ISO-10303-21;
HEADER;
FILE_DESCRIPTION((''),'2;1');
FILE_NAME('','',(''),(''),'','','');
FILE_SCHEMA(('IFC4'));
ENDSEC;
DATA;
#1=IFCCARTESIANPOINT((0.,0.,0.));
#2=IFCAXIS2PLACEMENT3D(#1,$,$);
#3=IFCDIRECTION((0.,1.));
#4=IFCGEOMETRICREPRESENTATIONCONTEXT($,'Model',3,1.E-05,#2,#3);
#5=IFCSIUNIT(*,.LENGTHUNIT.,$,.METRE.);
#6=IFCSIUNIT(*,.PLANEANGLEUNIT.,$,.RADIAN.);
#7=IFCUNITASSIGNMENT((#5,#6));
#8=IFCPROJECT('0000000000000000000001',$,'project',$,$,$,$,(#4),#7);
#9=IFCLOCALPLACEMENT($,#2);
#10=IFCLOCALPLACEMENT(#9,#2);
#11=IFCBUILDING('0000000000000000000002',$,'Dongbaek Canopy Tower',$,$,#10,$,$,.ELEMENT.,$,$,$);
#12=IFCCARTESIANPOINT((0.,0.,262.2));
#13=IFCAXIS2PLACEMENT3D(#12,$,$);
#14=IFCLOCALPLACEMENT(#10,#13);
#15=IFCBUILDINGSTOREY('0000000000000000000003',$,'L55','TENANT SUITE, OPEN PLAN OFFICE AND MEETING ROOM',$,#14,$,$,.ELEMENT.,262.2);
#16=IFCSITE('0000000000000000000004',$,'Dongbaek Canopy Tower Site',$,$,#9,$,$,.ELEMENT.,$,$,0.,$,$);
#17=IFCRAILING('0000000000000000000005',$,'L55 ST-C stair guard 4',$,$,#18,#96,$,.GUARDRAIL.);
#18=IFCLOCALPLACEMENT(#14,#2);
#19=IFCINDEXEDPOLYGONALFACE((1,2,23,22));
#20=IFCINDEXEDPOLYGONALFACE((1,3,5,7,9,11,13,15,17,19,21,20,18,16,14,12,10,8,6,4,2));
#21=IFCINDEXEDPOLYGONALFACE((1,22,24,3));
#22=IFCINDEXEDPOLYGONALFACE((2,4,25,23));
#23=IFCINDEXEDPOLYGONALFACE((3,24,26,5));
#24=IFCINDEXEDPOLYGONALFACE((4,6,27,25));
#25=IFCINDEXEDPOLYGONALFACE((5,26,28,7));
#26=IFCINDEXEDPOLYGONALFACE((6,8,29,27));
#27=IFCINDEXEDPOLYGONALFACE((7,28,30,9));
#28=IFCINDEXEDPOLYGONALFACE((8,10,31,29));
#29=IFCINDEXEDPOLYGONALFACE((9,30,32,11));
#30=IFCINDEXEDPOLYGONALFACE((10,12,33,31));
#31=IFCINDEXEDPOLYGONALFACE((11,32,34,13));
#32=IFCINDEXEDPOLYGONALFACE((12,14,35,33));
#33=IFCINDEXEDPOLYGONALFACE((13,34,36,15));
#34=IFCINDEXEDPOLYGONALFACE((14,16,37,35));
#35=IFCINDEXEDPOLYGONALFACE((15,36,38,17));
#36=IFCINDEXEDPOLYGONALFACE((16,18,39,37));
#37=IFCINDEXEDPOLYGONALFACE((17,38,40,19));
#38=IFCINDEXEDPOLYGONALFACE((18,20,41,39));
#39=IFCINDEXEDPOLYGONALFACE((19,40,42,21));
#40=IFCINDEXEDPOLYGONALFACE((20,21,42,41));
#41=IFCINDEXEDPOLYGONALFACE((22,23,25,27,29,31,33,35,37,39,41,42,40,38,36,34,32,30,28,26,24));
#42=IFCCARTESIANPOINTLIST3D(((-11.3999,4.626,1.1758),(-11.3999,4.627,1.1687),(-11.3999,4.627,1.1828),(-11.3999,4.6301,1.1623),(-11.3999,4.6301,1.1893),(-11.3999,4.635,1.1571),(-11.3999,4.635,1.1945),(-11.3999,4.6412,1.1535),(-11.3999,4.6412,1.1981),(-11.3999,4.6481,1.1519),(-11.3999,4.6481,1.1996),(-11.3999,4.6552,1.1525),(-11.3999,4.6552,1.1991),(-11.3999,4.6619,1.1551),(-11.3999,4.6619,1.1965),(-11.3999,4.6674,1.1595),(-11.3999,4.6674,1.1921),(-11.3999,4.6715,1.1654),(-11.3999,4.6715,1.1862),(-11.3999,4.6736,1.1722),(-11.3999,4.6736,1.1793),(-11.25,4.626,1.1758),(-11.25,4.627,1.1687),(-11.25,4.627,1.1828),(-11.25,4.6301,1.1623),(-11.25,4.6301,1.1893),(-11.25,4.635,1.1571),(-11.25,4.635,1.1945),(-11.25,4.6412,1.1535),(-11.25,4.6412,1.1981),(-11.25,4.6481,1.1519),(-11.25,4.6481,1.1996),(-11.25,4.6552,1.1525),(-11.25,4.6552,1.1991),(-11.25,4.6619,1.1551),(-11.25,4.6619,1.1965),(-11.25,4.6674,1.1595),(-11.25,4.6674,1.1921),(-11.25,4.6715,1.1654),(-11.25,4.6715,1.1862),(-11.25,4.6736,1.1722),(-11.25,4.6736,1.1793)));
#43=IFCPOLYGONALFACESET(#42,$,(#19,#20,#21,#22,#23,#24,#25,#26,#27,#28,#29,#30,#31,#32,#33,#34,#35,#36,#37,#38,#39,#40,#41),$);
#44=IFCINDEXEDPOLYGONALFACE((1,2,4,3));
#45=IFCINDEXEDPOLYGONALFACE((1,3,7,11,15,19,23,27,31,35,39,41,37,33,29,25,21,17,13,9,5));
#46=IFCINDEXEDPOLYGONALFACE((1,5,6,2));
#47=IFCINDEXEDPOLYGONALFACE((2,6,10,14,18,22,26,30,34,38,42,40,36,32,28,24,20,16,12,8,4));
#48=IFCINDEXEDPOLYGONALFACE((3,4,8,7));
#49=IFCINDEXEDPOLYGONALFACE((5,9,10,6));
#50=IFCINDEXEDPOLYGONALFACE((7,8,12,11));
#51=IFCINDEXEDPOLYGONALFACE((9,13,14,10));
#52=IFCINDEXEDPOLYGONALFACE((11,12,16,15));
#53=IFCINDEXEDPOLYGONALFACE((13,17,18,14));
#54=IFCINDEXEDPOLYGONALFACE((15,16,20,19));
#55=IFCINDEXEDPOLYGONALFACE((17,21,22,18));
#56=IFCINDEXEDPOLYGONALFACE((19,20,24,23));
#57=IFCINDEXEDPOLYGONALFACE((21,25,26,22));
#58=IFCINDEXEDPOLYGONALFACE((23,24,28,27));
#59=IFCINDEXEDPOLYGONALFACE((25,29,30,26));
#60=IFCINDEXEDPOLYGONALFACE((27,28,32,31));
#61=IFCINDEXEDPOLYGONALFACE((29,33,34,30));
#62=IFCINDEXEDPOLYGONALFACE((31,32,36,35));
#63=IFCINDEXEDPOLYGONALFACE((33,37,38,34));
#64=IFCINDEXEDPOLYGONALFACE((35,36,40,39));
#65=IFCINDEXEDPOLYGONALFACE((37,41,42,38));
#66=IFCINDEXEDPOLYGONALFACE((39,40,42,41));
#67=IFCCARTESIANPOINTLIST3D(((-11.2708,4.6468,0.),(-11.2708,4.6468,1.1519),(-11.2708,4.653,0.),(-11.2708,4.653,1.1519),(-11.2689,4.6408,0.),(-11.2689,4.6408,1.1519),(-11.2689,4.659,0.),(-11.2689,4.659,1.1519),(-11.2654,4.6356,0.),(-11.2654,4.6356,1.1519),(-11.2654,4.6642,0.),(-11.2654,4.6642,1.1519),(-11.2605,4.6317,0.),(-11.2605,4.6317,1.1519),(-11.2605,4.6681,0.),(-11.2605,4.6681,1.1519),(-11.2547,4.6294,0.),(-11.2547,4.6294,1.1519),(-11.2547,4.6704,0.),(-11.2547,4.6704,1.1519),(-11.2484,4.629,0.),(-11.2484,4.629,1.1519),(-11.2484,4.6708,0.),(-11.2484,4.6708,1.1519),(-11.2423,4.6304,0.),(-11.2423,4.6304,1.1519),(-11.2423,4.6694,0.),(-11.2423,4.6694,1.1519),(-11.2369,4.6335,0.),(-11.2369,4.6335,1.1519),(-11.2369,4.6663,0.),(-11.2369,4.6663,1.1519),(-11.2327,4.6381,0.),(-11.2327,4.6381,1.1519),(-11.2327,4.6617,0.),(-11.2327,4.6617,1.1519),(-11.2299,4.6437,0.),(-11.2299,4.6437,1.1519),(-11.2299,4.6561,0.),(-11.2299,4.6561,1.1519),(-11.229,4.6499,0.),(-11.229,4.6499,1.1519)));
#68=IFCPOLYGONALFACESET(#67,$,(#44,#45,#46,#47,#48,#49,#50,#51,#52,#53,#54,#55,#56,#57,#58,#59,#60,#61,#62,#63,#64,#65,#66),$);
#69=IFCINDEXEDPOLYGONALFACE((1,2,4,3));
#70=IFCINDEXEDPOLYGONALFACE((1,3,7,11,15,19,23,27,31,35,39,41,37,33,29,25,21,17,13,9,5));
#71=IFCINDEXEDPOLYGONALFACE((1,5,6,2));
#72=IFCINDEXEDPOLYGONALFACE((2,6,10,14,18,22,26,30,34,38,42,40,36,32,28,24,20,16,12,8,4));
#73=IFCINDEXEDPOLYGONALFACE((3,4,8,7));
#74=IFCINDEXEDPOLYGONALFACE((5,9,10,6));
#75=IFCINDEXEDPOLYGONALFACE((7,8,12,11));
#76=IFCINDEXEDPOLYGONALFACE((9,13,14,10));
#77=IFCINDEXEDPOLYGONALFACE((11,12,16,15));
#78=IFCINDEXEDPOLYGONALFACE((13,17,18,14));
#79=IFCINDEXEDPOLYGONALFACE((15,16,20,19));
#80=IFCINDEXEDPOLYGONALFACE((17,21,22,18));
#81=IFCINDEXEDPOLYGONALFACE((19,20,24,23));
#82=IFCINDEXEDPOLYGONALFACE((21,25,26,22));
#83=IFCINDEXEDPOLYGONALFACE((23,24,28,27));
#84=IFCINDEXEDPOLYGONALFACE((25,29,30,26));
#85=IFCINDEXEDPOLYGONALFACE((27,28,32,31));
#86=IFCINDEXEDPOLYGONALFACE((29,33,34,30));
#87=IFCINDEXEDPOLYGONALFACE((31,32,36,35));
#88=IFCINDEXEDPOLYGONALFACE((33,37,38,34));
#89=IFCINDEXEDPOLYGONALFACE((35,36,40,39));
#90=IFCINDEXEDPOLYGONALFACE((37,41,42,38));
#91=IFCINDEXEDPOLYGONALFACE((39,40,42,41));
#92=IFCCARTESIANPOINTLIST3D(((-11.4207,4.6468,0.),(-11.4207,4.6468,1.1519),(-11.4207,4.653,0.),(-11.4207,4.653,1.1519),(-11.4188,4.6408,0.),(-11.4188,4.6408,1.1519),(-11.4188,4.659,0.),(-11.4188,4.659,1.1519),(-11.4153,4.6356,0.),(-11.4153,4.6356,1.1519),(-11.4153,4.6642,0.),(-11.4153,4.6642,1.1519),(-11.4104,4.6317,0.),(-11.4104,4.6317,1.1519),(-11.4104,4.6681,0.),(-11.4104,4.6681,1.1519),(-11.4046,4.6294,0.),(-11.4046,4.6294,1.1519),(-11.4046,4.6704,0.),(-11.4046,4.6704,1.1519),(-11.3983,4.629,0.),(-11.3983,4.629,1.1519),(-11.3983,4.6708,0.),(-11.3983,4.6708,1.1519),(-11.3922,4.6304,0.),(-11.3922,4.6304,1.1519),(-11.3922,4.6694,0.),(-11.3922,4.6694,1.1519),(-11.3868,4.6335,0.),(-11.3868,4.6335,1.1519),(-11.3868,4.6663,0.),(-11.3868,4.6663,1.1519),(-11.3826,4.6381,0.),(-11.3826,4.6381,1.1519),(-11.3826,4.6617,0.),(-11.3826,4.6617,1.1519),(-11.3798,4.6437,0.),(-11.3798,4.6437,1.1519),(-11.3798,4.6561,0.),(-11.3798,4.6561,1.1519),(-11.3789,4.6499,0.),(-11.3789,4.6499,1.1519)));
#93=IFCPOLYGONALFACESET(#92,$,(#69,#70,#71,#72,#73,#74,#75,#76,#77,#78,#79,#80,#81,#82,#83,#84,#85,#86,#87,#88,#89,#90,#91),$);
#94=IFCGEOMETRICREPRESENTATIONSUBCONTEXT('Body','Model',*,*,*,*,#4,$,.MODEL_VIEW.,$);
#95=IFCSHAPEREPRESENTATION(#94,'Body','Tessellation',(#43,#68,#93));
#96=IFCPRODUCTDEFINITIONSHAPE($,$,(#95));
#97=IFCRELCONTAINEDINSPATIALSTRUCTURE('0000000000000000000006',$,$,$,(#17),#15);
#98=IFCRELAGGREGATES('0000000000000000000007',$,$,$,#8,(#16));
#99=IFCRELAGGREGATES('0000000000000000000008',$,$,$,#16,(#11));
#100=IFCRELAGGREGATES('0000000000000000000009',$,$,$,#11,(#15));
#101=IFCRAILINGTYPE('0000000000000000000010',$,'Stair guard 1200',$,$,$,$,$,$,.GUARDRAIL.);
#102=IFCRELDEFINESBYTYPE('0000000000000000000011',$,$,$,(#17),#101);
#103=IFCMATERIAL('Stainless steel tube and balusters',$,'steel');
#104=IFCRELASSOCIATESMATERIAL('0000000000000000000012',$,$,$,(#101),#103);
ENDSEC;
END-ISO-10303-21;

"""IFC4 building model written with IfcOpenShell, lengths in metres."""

from ifc_helpers import new_model, si_unit, direction, frame, origin, origin_2d, place, context, subcontext, project, spatial, circle, extrude, material, type_object, element, save


model = new_model("IFC4")

# Units and contexts
model_context = context("Model", 3, precision=1e-05, world=origin(), true_north=direction((0.0, 1.0)))
body_context = subcontext(model_context, "Body", "Model", "MODEL_VIEW")
ifc_project = project(units=[si_unit("LENGTHUNIT", "METRE"), si_unit("PLANEANGLEUNIT", "RADIAN")], contexts=[model_context])

# Site, building, storey
site_placement = place(None, origin())
site = spatial("IfcSite", under=ifc_project, at=site_placement, Name="Dongbaek Canopy Tower Site", CompositionType="ELEMENT", RefElevation=0.0)
building_placement = place(site_placement, origin())
building = spatial("IfcBuilding", under=site, at=building_placement, Name="Dongbaek Canopy Tower", CompositionType="ELEMENT")
storey_placement = place(building_placement, frame((0.0, 0.0, 262.2)))
storey = spatial("IfcBuildingStorey", under=building, at=storey_placement, Name="L55", Description="TENANT SUITE, OPEN PLAN OFFICE AND MEETING ROOM", CompositionType="ELEMENT", Elevation=262.2)

# Railing
ifc_material_1 = material(Name="Stainless steel tube and balusters", Category="steel")
railing_type_1 = type_object("IfcRailingType", Name="Stair guard 1200", PredefinedType="GUARDRAIL", material=ifc_material_1)
railing_1_placement = place(storey_placement, frame((-11.25, 4.6499, 0.0)))
element("IfcRailing", 1, at=railing_1_placement, inside=storey, type_object=railing_type_1, Name="L55 ST-C stair guard 4", PredefinedType="GUARDRAIL", context=body_context, shape_type="SweptSolid", body=[
    extrude(circle(Radius=0.0239, at=origin_2d()), frame((0.0, 0.0, 1.1758), z_axis=(-1.0, 0.0, 0.0), x_axis=(0.0, -1.0, 0.0)), (0.0, 0.0, 1.0), 0.1499),
    extrude(circle(Radius=0.021, at=origin_2d()), origin(), (0.0, 0.0, 1.0), 1.1519),
    extrude(circle(Radius=0.021, at=origin_2d()), frame((-0.1499, 0.0, 0.0)), (0.0, 0.0, 1.0), 1.1519),
])

save(model, "model.ifc")
